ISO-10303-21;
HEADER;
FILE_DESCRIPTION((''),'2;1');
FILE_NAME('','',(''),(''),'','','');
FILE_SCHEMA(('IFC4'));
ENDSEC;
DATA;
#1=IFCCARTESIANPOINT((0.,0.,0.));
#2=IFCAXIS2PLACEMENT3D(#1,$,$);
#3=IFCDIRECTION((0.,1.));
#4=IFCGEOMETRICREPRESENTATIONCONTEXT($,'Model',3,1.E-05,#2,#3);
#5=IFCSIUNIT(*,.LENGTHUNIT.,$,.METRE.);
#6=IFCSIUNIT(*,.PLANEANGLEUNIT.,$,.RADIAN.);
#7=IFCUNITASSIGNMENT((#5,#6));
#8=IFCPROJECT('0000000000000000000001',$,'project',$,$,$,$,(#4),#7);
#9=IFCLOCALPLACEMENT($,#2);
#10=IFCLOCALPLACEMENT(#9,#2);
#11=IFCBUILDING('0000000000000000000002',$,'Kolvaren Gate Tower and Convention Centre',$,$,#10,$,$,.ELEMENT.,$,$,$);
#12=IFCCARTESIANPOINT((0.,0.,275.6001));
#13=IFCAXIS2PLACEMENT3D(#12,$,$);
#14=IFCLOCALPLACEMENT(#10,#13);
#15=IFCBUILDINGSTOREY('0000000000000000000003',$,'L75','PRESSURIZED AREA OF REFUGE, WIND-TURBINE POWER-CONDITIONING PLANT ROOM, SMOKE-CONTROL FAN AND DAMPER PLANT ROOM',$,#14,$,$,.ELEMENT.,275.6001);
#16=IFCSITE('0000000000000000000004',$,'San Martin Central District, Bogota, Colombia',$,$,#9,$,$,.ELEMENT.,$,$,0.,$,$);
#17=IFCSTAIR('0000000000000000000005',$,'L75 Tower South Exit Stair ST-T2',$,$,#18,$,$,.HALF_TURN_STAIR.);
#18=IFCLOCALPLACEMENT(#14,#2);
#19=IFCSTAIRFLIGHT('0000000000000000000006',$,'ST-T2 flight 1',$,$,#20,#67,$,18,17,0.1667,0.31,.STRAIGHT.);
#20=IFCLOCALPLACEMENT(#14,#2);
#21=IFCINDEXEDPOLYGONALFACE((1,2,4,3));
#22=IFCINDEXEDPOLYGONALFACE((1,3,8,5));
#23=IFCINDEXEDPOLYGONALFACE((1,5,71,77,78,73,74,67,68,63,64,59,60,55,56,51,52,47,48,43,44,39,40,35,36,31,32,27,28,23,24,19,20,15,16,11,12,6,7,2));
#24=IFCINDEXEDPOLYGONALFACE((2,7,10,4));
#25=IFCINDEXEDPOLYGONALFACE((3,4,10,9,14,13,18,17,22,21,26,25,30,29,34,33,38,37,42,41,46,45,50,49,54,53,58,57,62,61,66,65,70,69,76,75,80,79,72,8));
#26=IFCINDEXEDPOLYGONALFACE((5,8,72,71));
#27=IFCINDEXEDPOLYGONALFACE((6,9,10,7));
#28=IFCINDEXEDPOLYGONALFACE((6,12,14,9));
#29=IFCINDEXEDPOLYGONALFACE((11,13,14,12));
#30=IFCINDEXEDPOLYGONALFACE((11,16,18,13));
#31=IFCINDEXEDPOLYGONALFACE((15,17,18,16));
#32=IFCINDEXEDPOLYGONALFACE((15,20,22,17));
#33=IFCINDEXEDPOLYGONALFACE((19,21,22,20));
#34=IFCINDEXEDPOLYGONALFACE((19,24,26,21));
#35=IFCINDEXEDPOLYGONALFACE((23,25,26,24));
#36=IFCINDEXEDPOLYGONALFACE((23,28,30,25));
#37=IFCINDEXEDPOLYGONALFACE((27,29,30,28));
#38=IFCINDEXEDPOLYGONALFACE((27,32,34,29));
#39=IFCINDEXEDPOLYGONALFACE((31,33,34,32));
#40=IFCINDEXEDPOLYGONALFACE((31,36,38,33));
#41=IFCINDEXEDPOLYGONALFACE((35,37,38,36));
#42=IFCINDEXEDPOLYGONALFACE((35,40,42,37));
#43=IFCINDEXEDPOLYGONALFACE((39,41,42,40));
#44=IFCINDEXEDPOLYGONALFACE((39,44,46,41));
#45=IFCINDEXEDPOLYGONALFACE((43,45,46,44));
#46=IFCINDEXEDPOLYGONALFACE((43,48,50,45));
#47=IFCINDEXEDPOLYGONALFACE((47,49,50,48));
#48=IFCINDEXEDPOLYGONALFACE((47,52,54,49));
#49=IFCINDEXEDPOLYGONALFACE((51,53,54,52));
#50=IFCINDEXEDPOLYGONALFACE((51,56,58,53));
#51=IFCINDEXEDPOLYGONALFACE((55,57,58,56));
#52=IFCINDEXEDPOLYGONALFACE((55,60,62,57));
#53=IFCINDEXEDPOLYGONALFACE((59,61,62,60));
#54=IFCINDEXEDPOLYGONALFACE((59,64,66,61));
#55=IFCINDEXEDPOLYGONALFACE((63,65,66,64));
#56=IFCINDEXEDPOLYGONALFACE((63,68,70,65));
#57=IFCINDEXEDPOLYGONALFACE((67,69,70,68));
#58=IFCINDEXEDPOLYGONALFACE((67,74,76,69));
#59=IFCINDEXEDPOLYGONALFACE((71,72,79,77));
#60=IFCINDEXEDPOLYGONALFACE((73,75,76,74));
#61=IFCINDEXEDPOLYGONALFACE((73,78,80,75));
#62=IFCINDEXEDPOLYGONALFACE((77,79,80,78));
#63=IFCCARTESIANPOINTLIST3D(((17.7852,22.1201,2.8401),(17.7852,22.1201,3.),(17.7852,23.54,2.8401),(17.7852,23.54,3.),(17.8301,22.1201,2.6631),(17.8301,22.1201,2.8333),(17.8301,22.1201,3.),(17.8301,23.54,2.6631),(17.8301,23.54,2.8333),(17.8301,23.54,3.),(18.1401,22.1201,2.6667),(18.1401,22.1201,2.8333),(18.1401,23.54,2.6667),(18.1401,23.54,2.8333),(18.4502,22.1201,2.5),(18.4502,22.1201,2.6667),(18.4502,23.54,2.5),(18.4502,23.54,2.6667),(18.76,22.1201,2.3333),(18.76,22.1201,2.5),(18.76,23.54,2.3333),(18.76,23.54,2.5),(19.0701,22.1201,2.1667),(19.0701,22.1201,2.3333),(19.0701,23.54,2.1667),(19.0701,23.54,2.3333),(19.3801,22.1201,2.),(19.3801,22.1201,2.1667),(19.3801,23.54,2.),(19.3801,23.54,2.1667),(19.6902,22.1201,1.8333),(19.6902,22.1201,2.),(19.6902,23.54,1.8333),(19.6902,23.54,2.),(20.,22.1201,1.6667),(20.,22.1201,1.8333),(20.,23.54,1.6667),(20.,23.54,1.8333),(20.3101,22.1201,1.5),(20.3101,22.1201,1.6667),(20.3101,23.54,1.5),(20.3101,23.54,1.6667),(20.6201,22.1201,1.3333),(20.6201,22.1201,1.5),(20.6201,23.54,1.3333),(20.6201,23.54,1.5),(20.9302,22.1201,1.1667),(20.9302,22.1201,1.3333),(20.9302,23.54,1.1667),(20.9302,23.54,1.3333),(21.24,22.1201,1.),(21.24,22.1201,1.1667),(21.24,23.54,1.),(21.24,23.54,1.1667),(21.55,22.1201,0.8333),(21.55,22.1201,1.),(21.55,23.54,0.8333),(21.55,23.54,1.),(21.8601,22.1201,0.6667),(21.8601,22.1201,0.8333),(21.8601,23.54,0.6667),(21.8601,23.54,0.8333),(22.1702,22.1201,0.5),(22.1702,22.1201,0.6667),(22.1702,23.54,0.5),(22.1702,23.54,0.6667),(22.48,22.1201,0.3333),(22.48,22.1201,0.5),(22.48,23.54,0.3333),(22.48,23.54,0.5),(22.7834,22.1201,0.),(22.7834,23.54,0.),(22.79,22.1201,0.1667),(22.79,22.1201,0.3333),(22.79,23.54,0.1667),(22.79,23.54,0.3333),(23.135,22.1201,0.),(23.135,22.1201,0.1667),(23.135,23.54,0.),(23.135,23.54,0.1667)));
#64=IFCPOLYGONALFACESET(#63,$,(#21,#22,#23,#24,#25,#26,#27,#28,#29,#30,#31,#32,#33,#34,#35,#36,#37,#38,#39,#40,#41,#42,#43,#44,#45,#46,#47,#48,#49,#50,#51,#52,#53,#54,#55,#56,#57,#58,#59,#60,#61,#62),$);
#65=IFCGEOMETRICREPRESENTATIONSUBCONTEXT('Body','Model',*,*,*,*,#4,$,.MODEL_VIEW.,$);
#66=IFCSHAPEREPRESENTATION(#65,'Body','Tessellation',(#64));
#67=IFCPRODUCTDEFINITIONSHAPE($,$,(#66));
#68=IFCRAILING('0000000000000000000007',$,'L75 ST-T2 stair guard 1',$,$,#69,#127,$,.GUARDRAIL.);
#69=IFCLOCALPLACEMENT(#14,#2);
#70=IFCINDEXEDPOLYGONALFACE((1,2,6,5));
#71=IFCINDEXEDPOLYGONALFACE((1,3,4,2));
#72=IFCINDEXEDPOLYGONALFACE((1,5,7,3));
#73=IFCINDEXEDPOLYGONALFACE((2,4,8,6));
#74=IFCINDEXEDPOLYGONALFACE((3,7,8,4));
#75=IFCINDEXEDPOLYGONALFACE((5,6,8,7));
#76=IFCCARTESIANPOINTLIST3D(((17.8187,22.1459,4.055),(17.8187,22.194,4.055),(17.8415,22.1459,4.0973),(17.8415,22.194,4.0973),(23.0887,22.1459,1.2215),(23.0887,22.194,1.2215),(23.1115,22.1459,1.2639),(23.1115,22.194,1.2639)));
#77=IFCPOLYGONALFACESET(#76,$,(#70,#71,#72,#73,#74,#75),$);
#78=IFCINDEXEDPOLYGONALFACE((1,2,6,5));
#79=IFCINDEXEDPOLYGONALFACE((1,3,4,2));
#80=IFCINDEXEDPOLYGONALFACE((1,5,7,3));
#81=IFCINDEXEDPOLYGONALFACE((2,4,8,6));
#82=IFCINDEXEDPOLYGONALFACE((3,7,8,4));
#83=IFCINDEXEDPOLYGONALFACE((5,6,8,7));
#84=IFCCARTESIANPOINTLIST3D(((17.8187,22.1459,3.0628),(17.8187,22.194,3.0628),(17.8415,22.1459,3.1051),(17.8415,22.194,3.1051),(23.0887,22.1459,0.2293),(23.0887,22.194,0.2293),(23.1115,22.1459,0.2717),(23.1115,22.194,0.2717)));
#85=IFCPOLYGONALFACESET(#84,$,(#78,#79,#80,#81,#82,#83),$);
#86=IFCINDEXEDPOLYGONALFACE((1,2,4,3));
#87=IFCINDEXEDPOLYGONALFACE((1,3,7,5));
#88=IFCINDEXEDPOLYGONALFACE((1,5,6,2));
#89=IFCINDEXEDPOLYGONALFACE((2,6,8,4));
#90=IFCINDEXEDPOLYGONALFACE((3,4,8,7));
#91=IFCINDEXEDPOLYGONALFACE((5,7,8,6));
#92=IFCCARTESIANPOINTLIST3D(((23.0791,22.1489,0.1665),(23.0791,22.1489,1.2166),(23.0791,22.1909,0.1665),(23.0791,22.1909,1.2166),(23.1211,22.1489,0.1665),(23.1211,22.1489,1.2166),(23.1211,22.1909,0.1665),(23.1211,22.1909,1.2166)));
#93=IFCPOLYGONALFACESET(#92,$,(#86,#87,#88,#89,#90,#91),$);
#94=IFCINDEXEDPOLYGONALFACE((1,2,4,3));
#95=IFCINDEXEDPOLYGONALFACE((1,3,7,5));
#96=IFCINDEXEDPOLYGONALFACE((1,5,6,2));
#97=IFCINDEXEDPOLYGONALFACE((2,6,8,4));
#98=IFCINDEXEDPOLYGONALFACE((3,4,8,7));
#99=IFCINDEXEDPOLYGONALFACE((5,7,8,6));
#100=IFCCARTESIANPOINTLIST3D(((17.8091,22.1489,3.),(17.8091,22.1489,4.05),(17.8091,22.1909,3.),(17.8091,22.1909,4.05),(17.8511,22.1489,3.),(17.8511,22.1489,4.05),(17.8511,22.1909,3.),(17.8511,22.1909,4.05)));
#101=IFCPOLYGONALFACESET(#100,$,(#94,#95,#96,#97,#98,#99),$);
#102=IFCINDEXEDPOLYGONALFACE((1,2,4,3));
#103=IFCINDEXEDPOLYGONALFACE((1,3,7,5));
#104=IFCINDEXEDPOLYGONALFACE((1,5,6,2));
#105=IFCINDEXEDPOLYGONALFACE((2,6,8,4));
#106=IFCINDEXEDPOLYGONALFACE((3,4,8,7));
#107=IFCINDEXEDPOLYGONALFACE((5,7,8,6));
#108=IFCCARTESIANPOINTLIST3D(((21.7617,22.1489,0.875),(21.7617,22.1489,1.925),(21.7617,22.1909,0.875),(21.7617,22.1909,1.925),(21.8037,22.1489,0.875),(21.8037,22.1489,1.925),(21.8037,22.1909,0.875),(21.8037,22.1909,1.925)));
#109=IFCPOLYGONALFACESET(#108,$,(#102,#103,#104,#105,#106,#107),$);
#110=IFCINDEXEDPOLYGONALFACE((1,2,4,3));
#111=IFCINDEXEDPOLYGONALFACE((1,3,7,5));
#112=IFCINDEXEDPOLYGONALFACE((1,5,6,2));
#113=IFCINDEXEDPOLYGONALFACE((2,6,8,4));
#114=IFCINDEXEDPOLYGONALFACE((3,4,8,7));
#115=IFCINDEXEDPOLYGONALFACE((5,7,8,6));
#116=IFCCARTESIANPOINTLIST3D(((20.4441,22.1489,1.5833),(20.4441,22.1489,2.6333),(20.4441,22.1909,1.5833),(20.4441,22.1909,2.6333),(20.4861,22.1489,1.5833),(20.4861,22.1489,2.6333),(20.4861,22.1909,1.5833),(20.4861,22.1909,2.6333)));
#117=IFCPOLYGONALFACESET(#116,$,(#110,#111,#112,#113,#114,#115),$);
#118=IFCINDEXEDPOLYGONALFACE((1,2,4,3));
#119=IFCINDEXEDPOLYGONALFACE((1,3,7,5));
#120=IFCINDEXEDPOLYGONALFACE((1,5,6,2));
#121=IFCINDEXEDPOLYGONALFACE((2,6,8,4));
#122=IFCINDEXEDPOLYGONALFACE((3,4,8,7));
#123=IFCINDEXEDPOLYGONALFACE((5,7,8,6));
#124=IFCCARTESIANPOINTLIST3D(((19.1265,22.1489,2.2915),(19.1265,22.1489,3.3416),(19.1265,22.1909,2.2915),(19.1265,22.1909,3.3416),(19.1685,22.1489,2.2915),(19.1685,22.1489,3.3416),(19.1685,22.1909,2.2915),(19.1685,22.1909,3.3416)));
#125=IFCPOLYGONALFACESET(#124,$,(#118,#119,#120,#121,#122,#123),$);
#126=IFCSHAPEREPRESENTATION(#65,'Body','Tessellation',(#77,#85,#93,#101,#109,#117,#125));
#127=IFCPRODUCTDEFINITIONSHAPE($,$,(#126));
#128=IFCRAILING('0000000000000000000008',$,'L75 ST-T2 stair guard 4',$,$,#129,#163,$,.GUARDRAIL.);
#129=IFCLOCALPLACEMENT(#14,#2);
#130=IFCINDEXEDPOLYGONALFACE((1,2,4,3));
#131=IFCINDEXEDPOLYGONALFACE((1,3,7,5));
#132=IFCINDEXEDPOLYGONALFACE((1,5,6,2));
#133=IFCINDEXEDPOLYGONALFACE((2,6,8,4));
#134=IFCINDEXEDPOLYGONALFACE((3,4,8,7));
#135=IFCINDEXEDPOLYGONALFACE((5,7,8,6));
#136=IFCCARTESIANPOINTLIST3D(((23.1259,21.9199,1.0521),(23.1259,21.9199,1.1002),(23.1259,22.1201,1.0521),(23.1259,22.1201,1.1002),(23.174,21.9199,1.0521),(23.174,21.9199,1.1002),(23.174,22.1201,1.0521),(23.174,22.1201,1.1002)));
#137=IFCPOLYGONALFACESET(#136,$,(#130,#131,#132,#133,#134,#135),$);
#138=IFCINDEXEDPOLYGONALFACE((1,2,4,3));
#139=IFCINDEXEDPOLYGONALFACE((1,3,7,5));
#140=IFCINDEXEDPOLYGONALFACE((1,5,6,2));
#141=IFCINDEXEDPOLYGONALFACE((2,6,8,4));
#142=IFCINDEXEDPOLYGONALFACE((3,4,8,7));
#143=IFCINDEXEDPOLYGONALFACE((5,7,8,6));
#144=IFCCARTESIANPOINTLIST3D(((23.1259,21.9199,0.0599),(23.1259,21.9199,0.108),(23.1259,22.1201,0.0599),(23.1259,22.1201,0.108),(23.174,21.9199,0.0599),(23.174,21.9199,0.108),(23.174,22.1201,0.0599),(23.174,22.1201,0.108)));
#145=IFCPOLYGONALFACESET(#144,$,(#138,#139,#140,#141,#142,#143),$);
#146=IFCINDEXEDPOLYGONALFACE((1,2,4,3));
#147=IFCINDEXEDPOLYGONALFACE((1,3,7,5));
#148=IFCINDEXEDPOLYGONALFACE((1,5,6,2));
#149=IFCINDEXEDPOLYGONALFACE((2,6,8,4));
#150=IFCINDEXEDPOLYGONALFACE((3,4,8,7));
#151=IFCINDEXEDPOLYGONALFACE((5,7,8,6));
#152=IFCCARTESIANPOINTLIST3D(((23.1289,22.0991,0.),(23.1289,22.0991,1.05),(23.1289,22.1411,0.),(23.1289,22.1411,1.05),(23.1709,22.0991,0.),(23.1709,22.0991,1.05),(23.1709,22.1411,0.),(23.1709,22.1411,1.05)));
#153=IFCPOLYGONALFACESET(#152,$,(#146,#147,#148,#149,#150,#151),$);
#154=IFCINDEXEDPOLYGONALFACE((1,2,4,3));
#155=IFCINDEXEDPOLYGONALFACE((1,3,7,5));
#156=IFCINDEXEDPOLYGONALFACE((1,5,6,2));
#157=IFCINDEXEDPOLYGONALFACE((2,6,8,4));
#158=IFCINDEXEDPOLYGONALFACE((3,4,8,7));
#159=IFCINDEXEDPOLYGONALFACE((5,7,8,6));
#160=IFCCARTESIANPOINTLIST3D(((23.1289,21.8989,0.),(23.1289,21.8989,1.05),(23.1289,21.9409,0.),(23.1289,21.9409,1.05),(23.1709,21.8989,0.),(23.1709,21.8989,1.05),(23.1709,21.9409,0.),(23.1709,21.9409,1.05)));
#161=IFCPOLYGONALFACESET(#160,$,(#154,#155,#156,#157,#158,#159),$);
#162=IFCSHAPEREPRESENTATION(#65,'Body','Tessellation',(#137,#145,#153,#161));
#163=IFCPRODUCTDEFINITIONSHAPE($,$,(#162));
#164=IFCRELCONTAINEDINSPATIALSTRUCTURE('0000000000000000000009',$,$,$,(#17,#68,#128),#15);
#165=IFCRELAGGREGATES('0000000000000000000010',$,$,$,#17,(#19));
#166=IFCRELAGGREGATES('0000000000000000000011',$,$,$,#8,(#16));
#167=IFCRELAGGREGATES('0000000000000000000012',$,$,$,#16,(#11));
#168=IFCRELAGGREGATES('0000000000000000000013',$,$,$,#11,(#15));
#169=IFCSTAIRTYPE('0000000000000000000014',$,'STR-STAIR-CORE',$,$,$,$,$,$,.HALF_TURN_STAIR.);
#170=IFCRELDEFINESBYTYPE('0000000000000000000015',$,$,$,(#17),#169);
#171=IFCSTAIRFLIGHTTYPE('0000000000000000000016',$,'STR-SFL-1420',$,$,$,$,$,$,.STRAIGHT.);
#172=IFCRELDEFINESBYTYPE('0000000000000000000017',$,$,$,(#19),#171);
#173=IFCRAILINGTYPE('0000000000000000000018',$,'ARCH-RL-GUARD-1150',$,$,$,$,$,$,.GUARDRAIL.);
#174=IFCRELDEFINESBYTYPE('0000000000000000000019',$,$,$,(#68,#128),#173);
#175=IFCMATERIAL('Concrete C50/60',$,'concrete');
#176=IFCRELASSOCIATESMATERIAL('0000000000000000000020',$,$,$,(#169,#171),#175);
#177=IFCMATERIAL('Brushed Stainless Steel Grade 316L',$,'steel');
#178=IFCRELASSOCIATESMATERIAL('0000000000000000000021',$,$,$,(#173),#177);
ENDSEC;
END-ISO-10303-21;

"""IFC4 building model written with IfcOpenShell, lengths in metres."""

from ifc_helpers import new_model, si_unit, direction, frame, origin, origin_2d, place, context, subcontext, project, spatial, polyline, rectangle, outline, extrude, material, type_object, element, aggregate, save


model = new_model("IFC4")

# Units and contexts
model_context = context("Model", 3, precision=1e-05, world=origin(), true_north=direction((0.0, 1.0)))
body_context = subcontext(model_context, "Body", "Model", "MODEL_VIEW")
ifc_project = project(units=[si_unit("LENGTHUNIT", "METRE"), si_unit("PLANEANGLEUNIT", "RADIAN")], contexts=[model_context])

# Site, building, storey
site_placement = place(None, origin())
site = spatial("IfcSite", under=ifc_project, at=site_placement, Name="San Martin Central District, Bogota, Colombia", CompositionType="ELEMENT", RefElevation=0.0)
building_placement = place(site_placement, origin())
building = spatial("IfcBuilding", under=site, at=building_placement, Name="Kolvaren Gate Tower and Convention Centre", CompositionType="ELEMENT")
storey_placement = place(building_placement, frame((0.0, 0.0, 275.6001)))
storey = spatial("IfcBuildingStorey", under=building, at=storey_placement, Name="L75", Description="PRESSURIZED AREA OF REFUGE, WIND-TURBINE POWER-CONDITIONING PLANT ROOM, SMOKE-CONTROL FAN AND DAMPER PLANT ROOM", CompositionType="ELEMENT", Elevation=275.6001)

# Shared definitions
ifc_material_1 = material(Name="Concrete C50/60", Category="concrete")

# Shared definitions
ifc_material_2 = material(Name="Brushed Stainless Steel Grade 316L", Category="steel")

# Stair, stair flight
stair_type = type_object("IfcStairType", Name="STR-STAIR-CORE", PredefinedType="HALF_TURN_STAIR", material=ifc_material_1)
stair_placement = place(storey_placement, origin())
stair = element("IfcStair", 1, at=stair_placement, inside=storey, type_object=stair_type, Name="L75 Tower South Exit Stair ST-T2", PredefinedType="HALF_TURN_STAIR")
stair_flight_type = type_object("IfcStairFlightType", Name="STR-SFL-1420", PredefinedType="STRAIGHT", material=ifc_material_1)
stair_flight_placement = place(storey_placement, frame((23.1001, 22.8301, 0.0), z_axis=(0.0, 0.0, 1.0), x_axis=(-1.0, 0.0, 0.0)))
stair_flight = element("IfcStairFlight", 2, at=stair_flight_placement, type_object=stair_flight_type, Name="ST-T2 flight 1", NumberOfRisers=18, NumberOfTreads=17, PredefinedType="STRAIGHT", RiserHeight=0.1667, TreadLength=0.31, context=body_context, shape_type="SweptSolid", body=[
    extrude(outline(polyline([(-0.0349, 0.0), (-0.0349, 0.1667), (0.3101, 0.1667), (0.3101, 0.3333), (0.6201, 0.3333), (0.6201, 0.5), (0.9299, 0.5), (0.9299, 0.6667), (1.24, 0.6667), (1.24, 0.8333), (1.55, 0.8333), (1.55, 1.0), (1.8601, 1.0), (1.8601, 1.1667), (2.1699, 1.1667), (2.1699, 1.3333), (2.48, 1.3333), (2.48, 1.5), (2.79, 1.5), (2.79, 1.6667), (3.1001, 1.6667), (3.1001, 1.8333), (3.4099, 1.8333), (3.4099, 2.0), (3.72, 2.0), (3.72, 2.1667), (4.03, 2.1667), (4.03, 2.3333), (4.3401, 2.3333), (4.3401, 2.5), (4.6499, 2.5), (4.6499, 2.6667), (4.96, 2.6667), (4.96, 2.8333), (5.27, 2.8333), (5.27, 3.0), (5.3149, 3.0), (5.3149, 2.8401), (5.27, 2.6631), (0.3167, 0.0), (-0.0349, 0.0)])), frame((0.0, 0.71, 0.0), z_axis=(0.0, -1.0, 0.0), x_axis=(1.0, 0.0, 0.0)), (0.0, 0.0, 1.0), 1.4199),
])
aggregate(stair, [stair_flight])

# Railings
railing_type_1 = type_object("IfcRailingType", Name="ARCH-RL-GUARD-1150", PredefinedType="GUARDRAIL", material=ifc_material_2)
railing_1_placement = place(storey_placement, frame((23.1001, 22.1699, 0.1665)))
element("IfcRailing", 3, at=railing_1_placement, inside=storey, type_object=railing_type_1, Name="L75 ST-T2 stair guard 1", PredefinedType="GUARDRAIL", context=body_context, shape_type="SweptSolid", body=[
    extrude(rectangle(XDim=0.0481, YDim=0.0481, at=origin_2d()), frame((0.0, 0.0, 1.0762), z_axis=(-0.880764, 0.0, 0.473555), x_axis=(0.0, -1.0, 0.0)), (0.0, 0.0, 1.0), 5.9834),
    extrude(rectangle(XDim=0.0481, YDim=0.0481, at=origin_2d()), frame((0.0, 0.0, 0.084), z_axis=(-0.880764, 0.0, 0.473555), x_axis=(0.0, -1.0, 0.0)), (0.0, 0.0, 1.0), 5.9834),
    extrude(rectangle(XDim=0.042, YDim=0.042, at=origin_2d()), origin(), (0.0, 0.0, 1.0), 1.05),
    extrude(rectangle(XDim=0.042, YDim=0.042, at=origin_2d()), frame((-5.27, 0.0, 2.8335)), (0.0, 0.0, 1.0), 1.05),
    extrude(rectangle(XDim=0.042, YDim=0.042, at=origin_2d()), frame((-1.3174, 0.0, 0.7085)), (0.0, 0.0, 1.0), 1.05),
    extrude(rectangle(XDim=0.042, YDim=0.042, at=origin_2d()), frame((-2.635, 0.0, 1.4167)), (0.0, 0.0, 1.0), 1.05),
    extrude(rectangle(XDim=0.042, YDim=0.042, at=origin_2d()), frame((-3.9526, 0.0, 2.125)), (0.0, 0.0, 1.0), 1.05),
])
railing_2_placement = place(storey_placement, frame((23.1499, 22.1201, 0.0)))
element("IfcRailing", 4, at=railing_2_placement, inside=storey, type_object=railing_type_1, Name="L75 ST-T2 stair guard 4", PredefinedType="GUARDRAIL", context=body_context, shape_type="SweptSolid", body=[
    extrude(rectangle(XDim=0.0481, YDim=0.0481, at=origin_2d()), frame((0.0, 0.0, 1.0762), z_axis=(0.0, -1.0, 0.0), x_axis=(1.0, 0.0, 0.0)), (0.0, 0.0, 1.0), 0.2002),
    extrude(rectangle(XDim=0.0481, YDim=0.0481, at=origin_2d()), frame((0.0, 0.0, 0.084), z_axis=(0.0, -1.0, 0.0), x_axis=(1.0, 0.0, 0.0)), (0.0, 0.0, 1.0), 0.2002),
    extrude(rectangle(XDim=0.042, YDim=0.042, at=origin_2d()), origin(), (0.0, 0.0, 1.0), 1.05),
    extrude(rectangle(XDim=0.042, YDim=0.042, at=origin_2d()), frame((0.0, -0.2002, 0.0)), (0.0, 0.0, 1.0), 1.05),
])

save(model, "model.ifc")
